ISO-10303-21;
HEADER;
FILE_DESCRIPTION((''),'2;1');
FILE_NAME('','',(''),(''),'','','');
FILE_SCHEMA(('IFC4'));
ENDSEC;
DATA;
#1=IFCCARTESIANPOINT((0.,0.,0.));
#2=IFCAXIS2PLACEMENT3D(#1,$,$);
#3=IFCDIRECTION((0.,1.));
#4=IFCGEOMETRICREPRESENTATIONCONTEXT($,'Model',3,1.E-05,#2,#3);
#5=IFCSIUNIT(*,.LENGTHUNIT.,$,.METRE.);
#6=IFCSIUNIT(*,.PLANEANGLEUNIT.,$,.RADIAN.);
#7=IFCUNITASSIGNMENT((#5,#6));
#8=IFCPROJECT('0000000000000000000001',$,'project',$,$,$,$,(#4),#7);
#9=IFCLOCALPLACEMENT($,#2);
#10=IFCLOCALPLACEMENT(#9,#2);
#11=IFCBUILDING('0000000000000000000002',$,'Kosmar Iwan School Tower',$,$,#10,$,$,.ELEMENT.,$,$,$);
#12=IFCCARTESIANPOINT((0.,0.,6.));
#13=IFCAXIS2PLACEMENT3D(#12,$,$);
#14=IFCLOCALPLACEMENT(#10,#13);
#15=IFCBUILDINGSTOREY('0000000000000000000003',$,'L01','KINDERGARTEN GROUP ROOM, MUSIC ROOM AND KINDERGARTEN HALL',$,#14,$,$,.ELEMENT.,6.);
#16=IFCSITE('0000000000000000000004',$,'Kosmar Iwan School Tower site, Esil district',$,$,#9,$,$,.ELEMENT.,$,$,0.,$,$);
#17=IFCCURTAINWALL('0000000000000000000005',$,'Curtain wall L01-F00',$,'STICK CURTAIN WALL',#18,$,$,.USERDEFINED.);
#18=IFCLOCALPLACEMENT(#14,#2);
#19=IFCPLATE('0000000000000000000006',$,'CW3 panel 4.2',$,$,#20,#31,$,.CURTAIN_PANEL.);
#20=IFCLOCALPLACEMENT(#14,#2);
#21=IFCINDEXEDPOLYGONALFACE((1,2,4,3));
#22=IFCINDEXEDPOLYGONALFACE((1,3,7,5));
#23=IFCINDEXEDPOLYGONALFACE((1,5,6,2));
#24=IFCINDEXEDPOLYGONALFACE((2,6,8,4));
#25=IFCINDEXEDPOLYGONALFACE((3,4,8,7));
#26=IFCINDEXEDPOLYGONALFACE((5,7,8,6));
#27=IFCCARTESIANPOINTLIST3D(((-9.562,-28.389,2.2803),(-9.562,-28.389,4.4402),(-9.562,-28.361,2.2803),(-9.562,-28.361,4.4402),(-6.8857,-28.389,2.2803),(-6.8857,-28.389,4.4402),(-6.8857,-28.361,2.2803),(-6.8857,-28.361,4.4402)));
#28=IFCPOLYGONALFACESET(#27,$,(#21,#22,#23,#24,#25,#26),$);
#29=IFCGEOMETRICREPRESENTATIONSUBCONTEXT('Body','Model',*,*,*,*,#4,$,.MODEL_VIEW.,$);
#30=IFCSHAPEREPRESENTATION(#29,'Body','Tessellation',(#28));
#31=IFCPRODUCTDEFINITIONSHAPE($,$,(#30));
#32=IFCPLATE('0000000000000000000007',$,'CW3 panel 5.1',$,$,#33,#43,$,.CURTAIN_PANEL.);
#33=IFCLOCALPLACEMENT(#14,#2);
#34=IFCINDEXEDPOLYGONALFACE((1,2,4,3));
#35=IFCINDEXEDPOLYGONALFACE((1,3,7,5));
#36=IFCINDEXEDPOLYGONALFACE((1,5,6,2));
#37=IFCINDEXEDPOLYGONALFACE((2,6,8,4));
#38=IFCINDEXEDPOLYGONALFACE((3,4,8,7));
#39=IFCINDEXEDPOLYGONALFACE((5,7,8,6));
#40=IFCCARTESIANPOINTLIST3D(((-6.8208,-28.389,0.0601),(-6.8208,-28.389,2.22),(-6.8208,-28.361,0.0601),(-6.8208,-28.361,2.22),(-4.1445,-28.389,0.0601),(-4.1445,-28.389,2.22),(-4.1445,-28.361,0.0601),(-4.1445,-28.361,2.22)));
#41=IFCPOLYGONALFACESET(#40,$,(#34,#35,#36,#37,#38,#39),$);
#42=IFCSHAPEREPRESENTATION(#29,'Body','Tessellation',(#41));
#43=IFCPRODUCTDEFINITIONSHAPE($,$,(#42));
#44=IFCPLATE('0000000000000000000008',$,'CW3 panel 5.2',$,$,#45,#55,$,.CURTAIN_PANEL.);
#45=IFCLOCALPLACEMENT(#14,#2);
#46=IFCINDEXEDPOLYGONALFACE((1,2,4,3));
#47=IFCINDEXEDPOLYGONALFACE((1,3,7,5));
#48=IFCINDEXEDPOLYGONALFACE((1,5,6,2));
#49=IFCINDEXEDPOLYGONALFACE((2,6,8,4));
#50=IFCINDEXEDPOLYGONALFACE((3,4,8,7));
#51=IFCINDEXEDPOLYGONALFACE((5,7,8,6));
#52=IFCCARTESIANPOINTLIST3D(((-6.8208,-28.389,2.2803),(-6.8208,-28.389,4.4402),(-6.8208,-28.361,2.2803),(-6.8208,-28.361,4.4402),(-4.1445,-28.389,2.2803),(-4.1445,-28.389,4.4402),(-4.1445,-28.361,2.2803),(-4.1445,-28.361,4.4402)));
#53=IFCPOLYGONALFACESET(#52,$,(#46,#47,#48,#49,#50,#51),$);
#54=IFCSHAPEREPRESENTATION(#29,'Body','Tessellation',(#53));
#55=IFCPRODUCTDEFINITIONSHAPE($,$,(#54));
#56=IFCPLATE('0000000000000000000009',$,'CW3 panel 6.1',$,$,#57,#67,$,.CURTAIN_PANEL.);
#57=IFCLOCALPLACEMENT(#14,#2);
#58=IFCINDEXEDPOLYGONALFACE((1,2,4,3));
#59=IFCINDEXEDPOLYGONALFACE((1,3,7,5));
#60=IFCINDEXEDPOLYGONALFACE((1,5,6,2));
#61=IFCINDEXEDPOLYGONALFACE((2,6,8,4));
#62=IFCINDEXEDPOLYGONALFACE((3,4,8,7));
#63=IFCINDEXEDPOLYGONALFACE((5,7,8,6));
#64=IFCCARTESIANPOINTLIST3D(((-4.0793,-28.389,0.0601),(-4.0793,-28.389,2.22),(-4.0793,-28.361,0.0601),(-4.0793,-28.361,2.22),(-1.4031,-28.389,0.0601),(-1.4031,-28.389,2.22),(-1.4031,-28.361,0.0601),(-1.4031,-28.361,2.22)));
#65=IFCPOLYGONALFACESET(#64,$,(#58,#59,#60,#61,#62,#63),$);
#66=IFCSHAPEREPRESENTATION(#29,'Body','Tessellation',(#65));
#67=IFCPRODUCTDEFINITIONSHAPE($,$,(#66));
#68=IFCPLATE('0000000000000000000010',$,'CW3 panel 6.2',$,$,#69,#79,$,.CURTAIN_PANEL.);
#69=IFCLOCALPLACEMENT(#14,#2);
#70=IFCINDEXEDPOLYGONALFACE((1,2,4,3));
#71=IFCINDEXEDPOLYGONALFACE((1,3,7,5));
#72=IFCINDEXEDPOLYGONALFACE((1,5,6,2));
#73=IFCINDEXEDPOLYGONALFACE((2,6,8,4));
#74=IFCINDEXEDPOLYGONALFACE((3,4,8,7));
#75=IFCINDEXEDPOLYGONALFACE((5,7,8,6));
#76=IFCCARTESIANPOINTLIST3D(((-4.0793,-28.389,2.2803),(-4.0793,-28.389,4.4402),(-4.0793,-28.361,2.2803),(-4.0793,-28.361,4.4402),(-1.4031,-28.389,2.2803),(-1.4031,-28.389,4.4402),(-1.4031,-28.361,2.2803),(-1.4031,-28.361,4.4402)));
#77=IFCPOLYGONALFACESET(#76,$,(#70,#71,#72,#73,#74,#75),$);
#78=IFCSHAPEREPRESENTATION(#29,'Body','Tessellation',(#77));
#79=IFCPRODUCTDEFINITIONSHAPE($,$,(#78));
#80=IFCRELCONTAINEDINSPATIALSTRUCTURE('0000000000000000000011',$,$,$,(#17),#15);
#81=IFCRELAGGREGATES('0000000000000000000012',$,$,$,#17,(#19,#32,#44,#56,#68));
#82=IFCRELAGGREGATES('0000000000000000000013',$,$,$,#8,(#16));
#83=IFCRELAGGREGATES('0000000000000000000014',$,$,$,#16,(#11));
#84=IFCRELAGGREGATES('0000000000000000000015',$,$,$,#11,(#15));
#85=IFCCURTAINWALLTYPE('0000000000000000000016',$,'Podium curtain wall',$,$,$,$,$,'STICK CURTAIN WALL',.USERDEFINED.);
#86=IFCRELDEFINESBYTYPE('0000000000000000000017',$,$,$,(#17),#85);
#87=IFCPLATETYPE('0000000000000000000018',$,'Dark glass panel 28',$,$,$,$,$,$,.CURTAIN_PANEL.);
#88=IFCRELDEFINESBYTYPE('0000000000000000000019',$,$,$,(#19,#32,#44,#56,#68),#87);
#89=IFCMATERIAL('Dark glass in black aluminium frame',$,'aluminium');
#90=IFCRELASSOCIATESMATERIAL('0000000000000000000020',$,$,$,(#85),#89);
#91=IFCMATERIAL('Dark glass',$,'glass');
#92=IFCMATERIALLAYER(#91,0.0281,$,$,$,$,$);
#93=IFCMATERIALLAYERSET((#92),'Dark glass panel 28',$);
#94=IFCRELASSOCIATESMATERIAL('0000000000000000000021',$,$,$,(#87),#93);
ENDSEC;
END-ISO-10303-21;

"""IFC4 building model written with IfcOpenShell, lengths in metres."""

from ifc_helpers import new_model, si_unit, direction, frame, origin, origin_2d, place, context, subcontext, project, spatial, rectangle, extrude, material, layer, layer_set, type_object, element, aggregate, save


model = new_model("IFC4")

# Units and contexts
model_context = context("Model", 3, precision=1e-05, world=origin(), true_north=direction((0.0, 1.0)))
body_context = subcontext(model_context, "Body", "Model", "MODEL_VIEW")
ifc_project = project(units=[si_unit("LENGTHUNIT", "METRE"), si_unit("PLANEANGLEUNIT", "RADIAN")], contexts=[model_context])

# Site, building, storey
site_placement = place(None, origin())
site = spatial("IfcSite", under=ifc_project, at=site_placement, Name="Kosmar Iwan School Tower site, Esil district", CompositionType="ELEMENT", RefElevation=0.0)
building_placement = place(site_placement, origin())
building = spatial("IfcBuilding", under=site, at=building_placement, Name="Kosmar Iwan School Tower", CompositionType="ELEMENT")
storey_placement = place(building_placement, frame((0.0, 0.0, 6.0)))
storey = spatial("IfcBuildingStorey", under=building, at=storey_placement, Name="L01", Description="KINDERGARTEN GROUP ROOM, MUSIC ROOM AND KINDERGARTEN HALL", CompositionType="ELEMENT", Elevation=6.0)

# Curtain wall, plates
ifc_material_1 = material(Name="Dark glass in black aluminium frame", Category="aluminium")
curtain_wall_type = type_object("IfcCurtainWallType", Name="Podium curtain wall", ElementType="STICK CURTAIN WALL", PredefinedType="USERDEFINED", material=ifc_material_1)
curtain_wall_placement = place(storey_placement, origin())
curtain_wall = element("IfcCurtainWall", 1, at=curtain_wall_placement, inside=storey, type_object=curtain_wall_type, Name="Curtain wall L01-F00", ObjectType="STICK CURTAIN WALL", PredefinedType="USERDEFINED")
ifc_material_2 = material(Name="Dark glass", Category="glass")
ifc_layer = layer(ifc_material_2, 0.0281)
ifc_layer_set = layer_set([ifc_layer], Name="Dark glass panel 28")
plate_type = type_object("IfcPlateType", Name="Dark glass panel 28", PredefinedType="CURTAIN_PANEL", material=ifc_layer_set)
plate_1_placement = place(storey_placement, frame((-8.2239, -28.375, 2.2803), z_axis=(0.0, 0.0, 1.0), x_axis=(1.0, 0.0, 0.0)))
plate_1 = element("IfcPlate", 2, at=plate_1_placement, type_object=plate_type, Name="CW3 panel 4.2", PredefinedType="CURTAIN_PANEL", context=body_context, shape_type="SweptSolid", body=[
    extrude(rectangle(XDim=2.6763, YDim=0.0281, at=origin_2d()), origin(), (0.0, 0.0, 1.0), 2.1599),
])
plate_2_placement = place(storey_placement, frame((-5.4827, -28.375, 0.0601), z_axis=(0.0, 0.0, 1.0), x_axis=(1.0, 0.0, 0.0)))
plate_2 = element("IfcPlate", 3, at=plate_2_placement, type_object=plate_type, Name="CW3 panel 5.1", PredefinedType="CURTAIN_PANEL", context=body_context, shape_type="SweptSolid", body=[
    extrude(rectangle(XDim=2.6763, YDim=0.0281, at=origin_2d()), origin(), (0.0, 0.0, 1.0), 2.1599),
])
plate_3_placement = place(storey_placement, frame((-5.4827, -28.375, 2.2803), z_axis=(0.0, 0.0, 1.0), x_axis=(1.0, 0.0, 0.0)))
plate_3 = element("IfcPlate", 4, at=plate_3_placement, type_object=plate_type, Name="CW3 panel 5.2", PredefinedType="CURTAIN_PANEL", context=body_context, shape_type="SweptSolid", body=[
    extrude(rectangle(XDim=2.6763, YDim=0.0281, at=origin_2d()), origin(), (0.0, 0.0, 1.0), 2.1599),
])
plate_4_placement = place(storey_placement, frame((-2.7412, -28.375, 0.0601), z_axis=(0.0, 0.0, 1.0), x_axis=(1.0, 0.0, 0.0)))
plate_4 = element("IfcPlate", 5, at=plate_4_placement, type_object=plate_type, Name="CW3 panel 6.1", PredefinedType="CURTAIN_PANEL", context=body_context, shape_type="SweptSolid", body=[
    extrude(rectangle(XDim=2.6763, YDim=0.0281, at=origin_2d()), origin(), (0.0, 0.0, 1.0), 2.1599),
])
plate_5_placement = place(storey_placement, frame((-2.7412, -28.375, 2.2803), z_axis=(0.0, 0.0, 1.0), x_axis=(1.0, 0.0, 0.0)))
plate_5 = element("IfcPlate", 6, at=plate_5_placement, type_object=plate_type, Name="CW3 panel 6.2", PredefinedType="CURTAIN_PANEL", context=body_context, shape_type="SweptSolid", body=[
    extrude(rectangle(XDim=2.6763, YDim=0.0281, at=origin_2d()), origin(), (0.0, 0.0, 1.0), 2.1599),
])
aggregate(curtain_wall, [plate_1, plate_2, plate_3, plate_4, plate_5])

save(model, "model.ifc")
